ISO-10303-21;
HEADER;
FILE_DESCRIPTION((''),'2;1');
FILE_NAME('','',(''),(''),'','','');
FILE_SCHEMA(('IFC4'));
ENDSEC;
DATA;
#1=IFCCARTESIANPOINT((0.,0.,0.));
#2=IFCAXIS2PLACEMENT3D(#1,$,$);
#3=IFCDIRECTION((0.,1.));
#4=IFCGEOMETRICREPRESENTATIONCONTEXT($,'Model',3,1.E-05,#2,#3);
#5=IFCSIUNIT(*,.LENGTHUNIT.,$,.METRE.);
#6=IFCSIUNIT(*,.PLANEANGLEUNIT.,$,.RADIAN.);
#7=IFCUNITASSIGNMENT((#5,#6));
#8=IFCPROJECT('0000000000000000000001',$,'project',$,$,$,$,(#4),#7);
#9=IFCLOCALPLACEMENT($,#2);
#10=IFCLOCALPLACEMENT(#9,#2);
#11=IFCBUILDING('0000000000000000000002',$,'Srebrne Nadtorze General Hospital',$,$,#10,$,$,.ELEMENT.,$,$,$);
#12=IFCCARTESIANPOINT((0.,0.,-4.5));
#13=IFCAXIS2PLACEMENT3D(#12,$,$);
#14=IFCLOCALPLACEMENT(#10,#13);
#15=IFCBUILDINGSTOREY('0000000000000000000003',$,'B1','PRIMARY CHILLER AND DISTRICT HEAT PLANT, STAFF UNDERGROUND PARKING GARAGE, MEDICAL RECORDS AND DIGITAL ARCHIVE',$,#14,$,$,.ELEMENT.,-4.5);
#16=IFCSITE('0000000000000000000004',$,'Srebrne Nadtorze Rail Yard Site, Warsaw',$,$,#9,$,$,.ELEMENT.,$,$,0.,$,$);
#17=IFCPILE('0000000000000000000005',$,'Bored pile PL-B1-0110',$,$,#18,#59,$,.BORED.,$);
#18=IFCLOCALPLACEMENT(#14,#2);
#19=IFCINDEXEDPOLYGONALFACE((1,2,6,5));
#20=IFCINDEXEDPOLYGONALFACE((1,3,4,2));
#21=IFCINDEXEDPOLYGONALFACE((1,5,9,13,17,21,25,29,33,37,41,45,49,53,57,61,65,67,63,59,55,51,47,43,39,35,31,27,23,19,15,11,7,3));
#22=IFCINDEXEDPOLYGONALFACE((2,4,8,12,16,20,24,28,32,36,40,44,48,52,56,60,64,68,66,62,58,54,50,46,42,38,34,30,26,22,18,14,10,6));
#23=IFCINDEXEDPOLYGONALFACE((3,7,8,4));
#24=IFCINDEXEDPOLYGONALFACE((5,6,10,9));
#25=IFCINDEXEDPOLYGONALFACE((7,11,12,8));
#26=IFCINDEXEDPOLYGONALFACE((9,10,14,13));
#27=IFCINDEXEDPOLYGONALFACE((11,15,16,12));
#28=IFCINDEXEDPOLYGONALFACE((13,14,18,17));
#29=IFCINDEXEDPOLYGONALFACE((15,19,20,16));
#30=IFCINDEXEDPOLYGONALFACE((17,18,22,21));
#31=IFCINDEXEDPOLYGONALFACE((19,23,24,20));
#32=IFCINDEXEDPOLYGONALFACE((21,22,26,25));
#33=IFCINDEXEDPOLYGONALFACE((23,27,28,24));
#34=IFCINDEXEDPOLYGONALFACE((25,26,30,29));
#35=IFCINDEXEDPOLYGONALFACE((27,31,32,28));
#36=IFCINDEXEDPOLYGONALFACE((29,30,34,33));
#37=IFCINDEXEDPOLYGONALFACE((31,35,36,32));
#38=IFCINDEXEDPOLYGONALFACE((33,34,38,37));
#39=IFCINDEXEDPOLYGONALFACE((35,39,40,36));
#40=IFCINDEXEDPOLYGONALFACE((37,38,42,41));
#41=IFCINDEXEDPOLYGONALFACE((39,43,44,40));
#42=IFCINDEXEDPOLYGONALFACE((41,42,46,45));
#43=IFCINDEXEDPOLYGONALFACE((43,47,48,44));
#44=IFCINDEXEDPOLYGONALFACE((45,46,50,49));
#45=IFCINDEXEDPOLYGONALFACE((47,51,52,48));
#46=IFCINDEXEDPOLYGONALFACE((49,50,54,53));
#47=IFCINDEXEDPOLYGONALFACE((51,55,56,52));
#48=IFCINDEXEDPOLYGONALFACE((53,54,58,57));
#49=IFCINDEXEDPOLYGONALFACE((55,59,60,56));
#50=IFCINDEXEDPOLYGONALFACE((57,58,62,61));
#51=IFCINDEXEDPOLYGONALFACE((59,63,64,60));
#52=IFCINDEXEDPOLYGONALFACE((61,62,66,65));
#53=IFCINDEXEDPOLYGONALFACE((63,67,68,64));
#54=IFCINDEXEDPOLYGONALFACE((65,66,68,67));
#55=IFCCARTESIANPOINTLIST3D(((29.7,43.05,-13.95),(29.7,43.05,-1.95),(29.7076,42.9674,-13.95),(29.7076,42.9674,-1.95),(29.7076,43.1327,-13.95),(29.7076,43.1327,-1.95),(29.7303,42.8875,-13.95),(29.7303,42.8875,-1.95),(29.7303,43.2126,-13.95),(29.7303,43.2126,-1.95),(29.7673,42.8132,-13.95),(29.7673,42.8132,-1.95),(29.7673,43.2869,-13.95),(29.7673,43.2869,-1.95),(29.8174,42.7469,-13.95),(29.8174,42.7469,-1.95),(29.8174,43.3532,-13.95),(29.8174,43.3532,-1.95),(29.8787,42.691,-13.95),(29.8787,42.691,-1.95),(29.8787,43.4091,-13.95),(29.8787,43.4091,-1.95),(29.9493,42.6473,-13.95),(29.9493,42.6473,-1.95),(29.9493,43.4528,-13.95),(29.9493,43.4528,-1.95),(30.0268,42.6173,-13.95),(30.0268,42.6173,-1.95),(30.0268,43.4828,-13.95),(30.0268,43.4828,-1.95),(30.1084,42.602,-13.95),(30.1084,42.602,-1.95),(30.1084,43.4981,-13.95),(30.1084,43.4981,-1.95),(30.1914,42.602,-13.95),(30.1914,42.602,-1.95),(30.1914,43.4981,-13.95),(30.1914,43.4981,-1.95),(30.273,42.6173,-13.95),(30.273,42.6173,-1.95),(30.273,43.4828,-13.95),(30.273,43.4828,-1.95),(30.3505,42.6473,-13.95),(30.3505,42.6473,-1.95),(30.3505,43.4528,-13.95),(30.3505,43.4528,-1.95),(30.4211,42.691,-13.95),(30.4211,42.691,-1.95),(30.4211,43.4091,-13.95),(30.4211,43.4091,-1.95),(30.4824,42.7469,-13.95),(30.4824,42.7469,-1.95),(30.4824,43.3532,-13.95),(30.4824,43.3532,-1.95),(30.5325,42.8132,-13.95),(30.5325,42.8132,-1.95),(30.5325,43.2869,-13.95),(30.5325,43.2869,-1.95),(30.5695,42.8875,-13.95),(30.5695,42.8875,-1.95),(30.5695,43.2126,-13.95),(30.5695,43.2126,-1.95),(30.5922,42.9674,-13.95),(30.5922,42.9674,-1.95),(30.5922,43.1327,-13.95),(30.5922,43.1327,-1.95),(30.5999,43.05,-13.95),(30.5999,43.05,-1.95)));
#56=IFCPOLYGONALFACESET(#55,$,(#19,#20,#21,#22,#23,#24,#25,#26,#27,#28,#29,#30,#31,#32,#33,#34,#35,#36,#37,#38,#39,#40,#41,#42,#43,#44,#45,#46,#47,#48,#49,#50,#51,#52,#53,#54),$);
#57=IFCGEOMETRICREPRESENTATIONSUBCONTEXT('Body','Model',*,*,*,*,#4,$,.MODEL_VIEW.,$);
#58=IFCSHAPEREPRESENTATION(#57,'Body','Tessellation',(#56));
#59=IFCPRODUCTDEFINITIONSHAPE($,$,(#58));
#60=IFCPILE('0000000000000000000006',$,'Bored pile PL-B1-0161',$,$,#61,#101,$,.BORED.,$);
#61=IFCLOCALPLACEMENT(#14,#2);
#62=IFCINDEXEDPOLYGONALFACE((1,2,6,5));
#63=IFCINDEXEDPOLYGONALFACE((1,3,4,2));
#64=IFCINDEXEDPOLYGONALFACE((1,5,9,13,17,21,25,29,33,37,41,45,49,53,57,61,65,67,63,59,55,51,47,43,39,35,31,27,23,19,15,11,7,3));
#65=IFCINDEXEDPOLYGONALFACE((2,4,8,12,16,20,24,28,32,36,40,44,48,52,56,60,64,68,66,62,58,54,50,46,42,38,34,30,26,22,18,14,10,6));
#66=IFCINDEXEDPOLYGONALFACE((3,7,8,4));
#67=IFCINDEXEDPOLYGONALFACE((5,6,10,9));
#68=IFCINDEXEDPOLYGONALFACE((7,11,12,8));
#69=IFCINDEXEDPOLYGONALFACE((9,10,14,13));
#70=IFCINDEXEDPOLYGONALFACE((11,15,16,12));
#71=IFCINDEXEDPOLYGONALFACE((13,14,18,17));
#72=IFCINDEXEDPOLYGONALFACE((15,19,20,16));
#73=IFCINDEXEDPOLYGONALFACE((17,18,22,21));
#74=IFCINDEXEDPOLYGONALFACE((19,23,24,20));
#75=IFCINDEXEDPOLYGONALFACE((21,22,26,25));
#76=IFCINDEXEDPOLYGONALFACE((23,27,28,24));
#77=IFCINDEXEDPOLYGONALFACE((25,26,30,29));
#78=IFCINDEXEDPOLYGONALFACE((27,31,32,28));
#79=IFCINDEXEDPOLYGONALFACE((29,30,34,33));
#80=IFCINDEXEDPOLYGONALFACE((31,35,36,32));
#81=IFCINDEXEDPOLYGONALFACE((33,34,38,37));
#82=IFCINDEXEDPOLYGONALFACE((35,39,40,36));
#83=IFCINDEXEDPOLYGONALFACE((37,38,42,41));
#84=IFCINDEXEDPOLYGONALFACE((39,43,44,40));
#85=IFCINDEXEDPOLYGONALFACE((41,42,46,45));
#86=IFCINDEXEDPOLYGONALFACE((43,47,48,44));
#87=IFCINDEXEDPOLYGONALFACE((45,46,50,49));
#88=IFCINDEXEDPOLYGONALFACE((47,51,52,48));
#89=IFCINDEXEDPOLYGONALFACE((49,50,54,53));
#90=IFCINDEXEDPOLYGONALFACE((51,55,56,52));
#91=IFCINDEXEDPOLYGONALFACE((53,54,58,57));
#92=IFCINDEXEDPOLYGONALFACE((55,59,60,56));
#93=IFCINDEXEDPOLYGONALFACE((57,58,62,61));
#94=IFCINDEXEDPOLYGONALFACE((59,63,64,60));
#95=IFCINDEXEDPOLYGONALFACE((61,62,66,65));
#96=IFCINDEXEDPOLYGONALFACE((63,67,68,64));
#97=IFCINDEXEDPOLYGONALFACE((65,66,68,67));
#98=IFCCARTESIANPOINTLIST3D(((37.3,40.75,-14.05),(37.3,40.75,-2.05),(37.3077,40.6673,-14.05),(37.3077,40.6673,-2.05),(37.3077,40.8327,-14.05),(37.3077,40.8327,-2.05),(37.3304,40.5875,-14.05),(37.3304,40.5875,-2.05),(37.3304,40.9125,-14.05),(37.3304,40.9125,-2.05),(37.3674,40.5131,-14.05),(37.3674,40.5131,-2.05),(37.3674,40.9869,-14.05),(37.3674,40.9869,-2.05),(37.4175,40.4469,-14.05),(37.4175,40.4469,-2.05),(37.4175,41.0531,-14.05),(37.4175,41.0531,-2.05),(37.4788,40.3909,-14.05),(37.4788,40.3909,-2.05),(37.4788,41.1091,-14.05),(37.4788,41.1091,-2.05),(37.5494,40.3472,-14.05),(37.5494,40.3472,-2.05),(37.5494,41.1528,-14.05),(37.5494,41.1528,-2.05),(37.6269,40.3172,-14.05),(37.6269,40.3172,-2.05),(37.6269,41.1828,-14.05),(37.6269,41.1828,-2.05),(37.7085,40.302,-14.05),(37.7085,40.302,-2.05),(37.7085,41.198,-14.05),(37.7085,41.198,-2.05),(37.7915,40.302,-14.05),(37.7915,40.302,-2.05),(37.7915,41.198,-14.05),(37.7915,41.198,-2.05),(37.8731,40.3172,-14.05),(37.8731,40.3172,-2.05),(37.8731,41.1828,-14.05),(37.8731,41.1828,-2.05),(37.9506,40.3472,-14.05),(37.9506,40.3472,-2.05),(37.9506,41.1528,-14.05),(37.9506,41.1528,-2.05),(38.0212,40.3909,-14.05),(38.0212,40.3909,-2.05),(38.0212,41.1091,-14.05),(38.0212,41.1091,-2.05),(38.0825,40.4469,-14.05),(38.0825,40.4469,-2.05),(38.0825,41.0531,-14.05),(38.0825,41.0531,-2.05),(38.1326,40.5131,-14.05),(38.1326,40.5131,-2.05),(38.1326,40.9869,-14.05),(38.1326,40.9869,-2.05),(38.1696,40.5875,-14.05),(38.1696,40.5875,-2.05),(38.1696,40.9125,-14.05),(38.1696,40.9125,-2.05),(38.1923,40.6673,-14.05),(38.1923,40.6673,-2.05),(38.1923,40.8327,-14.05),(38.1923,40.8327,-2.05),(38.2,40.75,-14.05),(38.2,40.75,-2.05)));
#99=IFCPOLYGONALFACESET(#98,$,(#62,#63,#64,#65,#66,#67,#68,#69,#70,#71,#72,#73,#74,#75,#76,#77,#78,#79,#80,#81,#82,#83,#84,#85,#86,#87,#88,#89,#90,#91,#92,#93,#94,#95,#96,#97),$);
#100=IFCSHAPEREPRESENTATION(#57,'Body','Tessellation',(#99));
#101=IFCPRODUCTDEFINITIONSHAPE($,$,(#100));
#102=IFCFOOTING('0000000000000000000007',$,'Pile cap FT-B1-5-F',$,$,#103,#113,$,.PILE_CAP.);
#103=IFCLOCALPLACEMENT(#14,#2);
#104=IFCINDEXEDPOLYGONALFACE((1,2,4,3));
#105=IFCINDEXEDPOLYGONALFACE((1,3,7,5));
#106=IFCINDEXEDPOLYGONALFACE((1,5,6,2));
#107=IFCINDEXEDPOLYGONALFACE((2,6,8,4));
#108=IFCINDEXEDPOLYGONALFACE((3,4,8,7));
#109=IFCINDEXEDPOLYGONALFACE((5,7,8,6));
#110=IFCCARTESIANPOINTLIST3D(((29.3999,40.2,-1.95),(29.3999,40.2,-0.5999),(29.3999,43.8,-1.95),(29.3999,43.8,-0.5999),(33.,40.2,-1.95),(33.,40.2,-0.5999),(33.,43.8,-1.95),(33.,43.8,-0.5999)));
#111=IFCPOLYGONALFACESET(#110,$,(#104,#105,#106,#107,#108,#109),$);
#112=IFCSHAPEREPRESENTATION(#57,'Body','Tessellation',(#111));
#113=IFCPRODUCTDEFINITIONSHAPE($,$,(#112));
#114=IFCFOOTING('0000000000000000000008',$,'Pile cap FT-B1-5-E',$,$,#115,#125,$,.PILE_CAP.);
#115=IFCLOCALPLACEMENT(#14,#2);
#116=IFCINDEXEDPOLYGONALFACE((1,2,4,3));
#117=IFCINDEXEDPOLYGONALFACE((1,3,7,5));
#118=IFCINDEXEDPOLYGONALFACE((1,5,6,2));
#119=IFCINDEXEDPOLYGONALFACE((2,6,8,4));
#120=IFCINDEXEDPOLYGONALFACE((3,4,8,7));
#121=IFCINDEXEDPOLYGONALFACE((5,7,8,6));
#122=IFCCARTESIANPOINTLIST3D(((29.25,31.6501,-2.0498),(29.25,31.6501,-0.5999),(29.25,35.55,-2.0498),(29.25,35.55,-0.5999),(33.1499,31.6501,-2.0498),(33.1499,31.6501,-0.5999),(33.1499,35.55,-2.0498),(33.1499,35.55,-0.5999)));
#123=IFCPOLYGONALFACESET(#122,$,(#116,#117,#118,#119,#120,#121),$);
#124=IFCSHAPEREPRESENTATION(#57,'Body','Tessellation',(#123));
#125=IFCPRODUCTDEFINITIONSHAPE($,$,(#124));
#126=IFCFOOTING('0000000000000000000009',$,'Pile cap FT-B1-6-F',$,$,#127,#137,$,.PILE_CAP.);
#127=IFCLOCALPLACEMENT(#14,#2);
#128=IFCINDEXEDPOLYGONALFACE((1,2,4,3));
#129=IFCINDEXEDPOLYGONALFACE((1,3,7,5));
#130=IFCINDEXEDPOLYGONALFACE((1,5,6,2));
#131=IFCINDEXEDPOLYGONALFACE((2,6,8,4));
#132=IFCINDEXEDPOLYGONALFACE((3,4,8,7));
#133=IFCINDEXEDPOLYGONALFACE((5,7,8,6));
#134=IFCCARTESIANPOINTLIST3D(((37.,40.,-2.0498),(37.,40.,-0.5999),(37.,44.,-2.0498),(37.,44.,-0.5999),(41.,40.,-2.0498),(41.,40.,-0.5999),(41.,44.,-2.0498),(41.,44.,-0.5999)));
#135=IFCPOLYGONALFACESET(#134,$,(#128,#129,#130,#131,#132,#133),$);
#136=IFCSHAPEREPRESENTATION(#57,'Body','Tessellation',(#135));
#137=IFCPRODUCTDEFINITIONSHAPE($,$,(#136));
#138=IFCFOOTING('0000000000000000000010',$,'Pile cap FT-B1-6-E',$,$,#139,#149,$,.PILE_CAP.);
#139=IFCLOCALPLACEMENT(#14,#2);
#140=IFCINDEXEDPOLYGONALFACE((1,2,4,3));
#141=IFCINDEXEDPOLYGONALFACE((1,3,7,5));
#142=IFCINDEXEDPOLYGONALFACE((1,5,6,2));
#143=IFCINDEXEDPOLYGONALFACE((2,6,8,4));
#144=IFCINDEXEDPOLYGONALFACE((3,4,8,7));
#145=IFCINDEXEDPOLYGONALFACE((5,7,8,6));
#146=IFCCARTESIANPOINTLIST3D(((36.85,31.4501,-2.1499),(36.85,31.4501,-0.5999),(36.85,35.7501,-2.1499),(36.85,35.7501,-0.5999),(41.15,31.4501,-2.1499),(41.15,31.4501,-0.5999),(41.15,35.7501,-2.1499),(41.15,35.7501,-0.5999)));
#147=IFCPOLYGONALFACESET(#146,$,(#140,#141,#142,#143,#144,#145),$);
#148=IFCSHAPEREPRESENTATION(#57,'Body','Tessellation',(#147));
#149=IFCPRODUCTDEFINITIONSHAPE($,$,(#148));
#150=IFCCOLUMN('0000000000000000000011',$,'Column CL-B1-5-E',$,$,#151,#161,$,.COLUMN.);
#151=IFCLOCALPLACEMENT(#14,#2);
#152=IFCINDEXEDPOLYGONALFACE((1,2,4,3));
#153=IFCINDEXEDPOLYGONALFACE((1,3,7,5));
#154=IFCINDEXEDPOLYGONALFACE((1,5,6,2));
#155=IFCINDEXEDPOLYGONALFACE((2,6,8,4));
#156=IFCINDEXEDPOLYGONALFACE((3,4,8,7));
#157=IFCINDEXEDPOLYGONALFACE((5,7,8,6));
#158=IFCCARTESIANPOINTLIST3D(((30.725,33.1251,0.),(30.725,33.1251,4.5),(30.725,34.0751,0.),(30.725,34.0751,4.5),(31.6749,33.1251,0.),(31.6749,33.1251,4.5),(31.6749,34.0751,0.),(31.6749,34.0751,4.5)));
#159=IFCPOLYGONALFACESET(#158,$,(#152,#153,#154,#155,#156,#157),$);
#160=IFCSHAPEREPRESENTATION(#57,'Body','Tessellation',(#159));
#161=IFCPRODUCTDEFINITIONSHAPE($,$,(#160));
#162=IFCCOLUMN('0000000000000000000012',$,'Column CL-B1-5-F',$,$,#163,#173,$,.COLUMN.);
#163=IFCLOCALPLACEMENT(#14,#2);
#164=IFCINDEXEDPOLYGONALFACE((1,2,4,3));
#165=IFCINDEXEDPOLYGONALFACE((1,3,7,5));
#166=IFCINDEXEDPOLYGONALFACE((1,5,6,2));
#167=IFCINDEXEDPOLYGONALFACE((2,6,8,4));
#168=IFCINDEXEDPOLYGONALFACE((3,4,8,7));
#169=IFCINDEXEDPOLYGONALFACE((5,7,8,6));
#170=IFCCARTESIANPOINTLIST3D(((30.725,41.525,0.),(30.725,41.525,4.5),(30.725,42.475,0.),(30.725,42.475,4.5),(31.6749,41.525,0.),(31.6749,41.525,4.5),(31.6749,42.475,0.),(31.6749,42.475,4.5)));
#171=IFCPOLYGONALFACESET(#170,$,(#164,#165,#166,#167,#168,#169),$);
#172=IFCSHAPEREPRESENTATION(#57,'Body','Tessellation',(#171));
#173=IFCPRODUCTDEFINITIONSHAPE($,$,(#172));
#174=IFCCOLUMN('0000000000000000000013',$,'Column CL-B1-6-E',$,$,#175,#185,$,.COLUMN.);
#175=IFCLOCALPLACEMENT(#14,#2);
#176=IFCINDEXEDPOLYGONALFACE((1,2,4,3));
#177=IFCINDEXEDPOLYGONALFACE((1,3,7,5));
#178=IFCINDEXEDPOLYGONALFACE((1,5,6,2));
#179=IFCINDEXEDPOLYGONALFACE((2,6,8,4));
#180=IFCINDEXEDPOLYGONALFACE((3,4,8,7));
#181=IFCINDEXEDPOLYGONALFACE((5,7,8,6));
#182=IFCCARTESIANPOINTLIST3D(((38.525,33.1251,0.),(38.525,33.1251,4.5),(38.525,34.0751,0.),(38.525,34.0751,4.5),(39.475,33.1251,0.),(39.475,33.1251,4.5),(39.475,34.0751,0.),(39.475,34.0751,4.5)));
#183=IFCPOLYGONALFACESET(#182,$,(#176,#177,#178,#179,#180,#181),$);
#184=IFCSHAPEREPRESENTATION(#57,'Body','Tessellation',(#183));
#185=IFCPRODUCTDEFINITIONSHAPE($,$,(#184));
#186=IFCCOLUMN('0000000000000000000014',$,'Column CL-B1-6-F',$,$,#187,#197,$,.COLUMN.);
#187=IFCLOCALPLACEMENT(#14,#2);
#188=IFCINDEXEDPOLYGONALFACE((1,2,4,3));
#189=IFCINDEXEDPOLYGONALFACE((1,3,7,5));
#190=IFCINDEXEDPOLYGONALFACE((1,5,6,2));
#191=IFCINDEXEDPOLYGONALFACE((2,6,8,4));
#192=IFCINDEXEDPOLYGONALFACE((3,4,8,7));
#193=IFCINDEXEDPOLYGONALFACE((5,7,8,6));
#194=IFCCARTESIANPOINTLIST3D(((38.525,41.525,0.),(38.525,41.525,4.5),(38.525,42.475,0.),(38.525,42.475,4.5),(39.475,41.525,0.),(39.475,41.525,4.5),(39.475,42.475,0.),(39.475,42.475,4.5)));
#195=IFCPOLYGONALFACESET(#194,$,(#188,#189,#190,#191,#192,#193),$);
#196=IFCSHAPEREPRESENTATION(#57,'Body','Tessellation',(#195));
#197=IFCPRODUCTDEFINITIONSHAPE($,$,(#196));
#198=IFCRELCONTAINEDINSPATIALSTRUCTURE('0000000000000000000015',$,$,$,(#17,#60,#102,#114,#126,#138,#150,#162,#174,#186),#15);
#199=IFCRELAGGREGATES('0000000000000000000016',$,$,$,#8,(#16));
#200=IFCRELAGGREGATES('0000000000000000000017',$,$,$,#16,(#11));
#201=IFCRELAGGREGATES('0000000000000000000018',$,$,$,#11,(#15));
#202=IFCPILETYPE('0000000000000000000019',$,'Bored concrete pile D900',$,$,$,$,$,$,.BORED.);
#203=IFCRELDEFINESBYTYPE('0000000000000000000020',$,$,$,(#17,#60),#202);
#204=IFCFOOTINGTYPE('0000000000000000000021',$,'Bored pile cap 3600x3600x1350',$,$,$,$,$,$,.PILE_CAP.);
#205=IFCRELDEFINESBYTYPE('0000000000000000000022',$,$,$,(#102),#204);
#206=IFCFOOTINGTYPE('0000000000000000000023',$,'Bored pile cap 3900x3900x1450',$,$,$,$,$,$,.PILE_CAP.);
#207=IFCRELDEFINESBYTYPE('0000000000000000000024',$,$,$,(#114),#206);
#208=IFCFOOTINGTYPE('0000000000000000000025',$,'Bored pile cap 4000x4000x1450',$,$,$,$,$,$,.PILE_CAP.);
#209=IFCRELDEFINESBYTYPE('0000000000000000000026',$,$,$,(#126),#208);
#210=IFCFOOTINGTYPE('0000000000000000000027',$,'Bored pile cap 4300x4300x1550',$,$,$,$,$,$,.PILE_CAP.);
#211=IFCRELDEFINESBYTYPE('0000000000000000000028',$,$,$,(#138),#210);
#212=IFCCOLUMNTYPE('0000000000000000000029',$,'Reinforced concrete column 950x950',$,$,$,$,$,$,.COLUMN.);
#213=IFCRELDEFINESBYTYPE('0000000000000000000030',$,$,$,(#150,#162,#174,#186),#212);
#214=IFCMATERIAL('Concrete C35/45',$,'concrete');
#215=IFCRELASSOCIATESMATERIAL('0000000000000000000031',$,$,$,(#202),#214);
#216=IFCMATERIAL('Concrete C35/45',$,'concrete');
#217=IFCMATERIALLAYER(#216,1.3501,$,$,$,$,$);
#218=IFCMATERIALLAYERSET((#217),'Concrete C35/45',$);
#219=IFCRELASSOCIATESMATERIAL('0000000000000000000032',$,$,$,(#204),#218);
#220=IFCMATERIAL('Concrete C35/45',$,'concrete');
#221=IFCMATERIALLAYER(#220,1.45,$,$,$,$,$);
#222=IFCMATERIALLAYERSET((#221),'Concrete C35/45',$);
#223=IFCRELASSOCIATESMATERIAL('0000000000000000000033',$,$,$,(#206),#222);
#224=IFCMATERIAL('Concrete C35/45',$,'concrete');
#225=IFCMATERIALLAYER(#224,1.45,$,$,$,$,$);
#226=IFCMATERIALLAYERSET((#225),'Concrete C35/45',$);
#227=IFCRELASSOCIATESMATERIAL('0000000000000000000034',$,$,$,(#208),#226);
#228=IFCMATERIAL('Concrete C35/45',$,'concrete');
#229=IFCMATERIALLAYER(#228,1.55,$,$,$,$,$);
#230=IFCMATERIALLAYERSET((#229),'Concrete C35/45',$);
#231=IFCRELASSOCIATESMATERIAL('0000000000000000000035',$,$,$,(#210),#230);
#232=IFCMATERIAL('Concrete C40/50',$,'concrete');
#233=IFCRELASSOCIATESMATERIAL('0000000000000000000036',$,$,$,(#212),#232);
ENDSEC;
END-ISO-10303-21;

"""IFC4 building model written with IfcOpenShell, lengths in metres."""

from ifc_helpers import new_model, si_unit, direction, frame, origin, origin_2d, place, context, subcontext, project, spatial, rectangle, circle, extrude, material, layer, layer_set, material_profile, profile_set, type_object, element, save


model = new_model("IFC4")

# Units and contexts
model_context = context("Model", 3, precision=1e-05, world=origin(), true_north=direction((0.0, 1.0)))
body_context = subcontext(model_context, "Body", "Model", "MODEL_VIEW")
ifc_project = project(units=[si_unit("LENGTHUNIT", "METRE"), si_unit("PLANEANGLEUNIT", "RADIAN")], contexts=[model_context])

# Site, building, storey
site_placement = place(None, origin())
site = spatial("IfcSite", under=ifc_project, at=site_placement, Name="Srebrne Nadtorze Rail Yard Site, Warsaw", CompositionType="ELEMENT", RefElevation=0.0)
building_placement = place(site_placement, origin())
building = spatial("IfcBuilding", under=site, at=building_placement, Name="Srebrne Nadtorze General Hospital", CompositionType="ELEMENT")
storey_placement = place(building_placement, frame((0.0, 0.0, -4.5)))
storey = spatial("IfcBuildingStorey", under=building, at=storey_placement, Name="B1", Description="PRIMARY CHILLER AND DISTRICT HEAT PLANT, STAFF UNDERGROUND PARKING GARAGE, MEDICAL RECORDS AND DIGITAL ARCHIVE", CompositionType="ELEMENT", Elevation=-4.5)

# Piles
ifc_material_1 = material(Name="Concrete C35/45", Category="concrete")
ifc_material_profile_1 = material_profile(ifc_material_1, circle(Radius=0.45, at=origin_2d()), Name="PILE-D900")
ifc_profile_set_1 = profile_set([ifc_material_profile_1], Name="Concrete C35/45")
pile_type_1 = type_object("IfcPileType", Name="Bored concrete pile D900", PredefinedType="BORED", material=ifc_profile_set_1)
for number, where, z_axis, x_axis, name in (
    (1, (30.1499, 43.05, -1.95), (0.0, 0.0, -1.0), (1.0, 0.0, 0.0), "Bored pile PL-B1-0110"),
    (2, (37.75, 40.75, -2.05), (0.0, 0.0, -1.0), (1.0, 0.0, 0.0), "Bored pile PL-B1-0161"),
):
    element("IfcPile", number, at=place(storey_placement, frame(where, z_axis=z_axis, x_axis=x_axis)), inside=storey, type_object=pile_type_1, Name=name, PredefinedType="BORED", context=body_context, shape_type="SweptSolid", body=[
        extrude(circle(Radius=0.45, at=origin_2d()), origin(), (0.0, 0.0, 1.0), 12.0),
    ])

# Footings
ifc_material_2 = material(Name="Concrete C35/45", Category="concrete")
ifc_layer_1 = layer(ifc_material_2, 1.3501)
ifc_layer_set_1 = layer_set([ifc_layer_1], Name="Concrete C35/45")
footing_type_1 = type_object("IfcFootingType", Name="Bored pile cap 3600x3600x1350", PredefinedType="PILE_CAP", material=ifc_layer_set_1)
footing_1_placement = place(storey_placement, frame((31.2, 42.0, -1.95), z_axis=(0.0, 0.0, 1.0), x_axis=(1.0, 0.0, 0.0)))
element("IfcFooting", 3, at=footing_1_placement, inside=storey, type_object=footing_type_1, Name="Pile cap FT-B1-5-F", PredefinedType="PILE_CAP", context=body_context, shape_type="SweptSolid", body=[
    extrude(rectangle(XDim=3.6001, YDim=3.6001, at=origin_2d()), origin(), (0.0, 0.0, 1.0), 1.3501),
])
ifc_material_3 = material(Name="Concrete C35/45", Category="concrete")
ifc_layer_2 = layer(ifc_material_3, 1.45)
ifc_layer_set_2 = layer_set([ifc_layer_2], Name="Concrete C35/45")
footing_type_2 = type_object("IfcFootingType", Name="Bored pile cap 3900x3900x1450", PredefinedType="PILE_CAP", material=ifc_layer_set_2)
footing_2_placement = place(storey_placement, frame((31.2, 33.6001, -2.0498), z_axis=(0.0, 0.0, 1.0), x_axis=(1.0, 0.0, 0.0)))
element("IfcFooting", 4, at=footing_2_placement, inside=storey, type_object=footing_type_2, Name="Pile cap FT-B1-5-E", PredefinedType="PILE_CAP", context=body_context, shape_type="SweptSolid", body=[
    extrude(rectangle(XDim=3.8999, YDim=3.8999, at=origin_2d()), origin(), (0.0, 0.0, 1.0), 1.45),
])
ifc_material_4 = material(Name="Concrete C35/45", Category="concrete")
ifc_layer_3 = layer(ifc_material_4, 1.45)
ifc_layer_set_3 = layer_set([ifc_layer_3], Name="Concrete C35/45")
footing_type_3 = type_object("IfcFootingType", Name="Bored pile cap 4000x4000x1450", PredefinedType="PILE_CAP", material=ifc_layer_set_3)
footing_3_placement = place(storey_placement, frame((39.0, 42.0, -2.0498), z_axis=(0.0, 0.0, 1.0), x_axis=(1.0, 0.0, 0.0)))
element("IfcFooting", 5, at=footing_3_placement, inside=storey, type_object=footing_type_3, Name="Pile cap FT-B1-6-F", PredefinedType="PILE_CAP", context=body_context, shape_type="SweptSolid", body=[
    extrude(rectangle(XDim=4.0, YDim=4.0, at=origin_2d()), origin(), (0.0, 0.0, 1.0), 1.45),
])
ifc_material_5 = material(Name="Concrete C35/45", Category="concrete")
ifc_layer_4 = layer(ifc_material_5, 1.55)
ifc_layer_set_4 = layer_set([ifc_layer_4], Name="Concrete C35/45")
footing_type_4 = type_object("IfcFootingType", Name="Bored pile cap 4300x4300x1550", PredefinedType="PILE_CAP", material=ifc_layer_set_4)
footing_4_placement = place(storey_placement, frame((39.0, 33.6001, -2.1499), z_axis=(0.0, 0.0, 1.0), x_axis=(1.0, 0.0, 0.0)))
element("IfcFooting", 6, at=footing_4_placement, inside=storey, type_object=footing_type_4, Name="Pile cap FT-B1-6-E", PredefinedType="PILE_CAP", context=body_context, shape_type="SweptSolid", body=[
    extrude(rectangle(XDim=4.3, YDim=4.3, at=origin_2d()), origin(), (0.0, 0.0, 1.0), 1.55),
])

# Columns
ifc_material_6 = material(Name="Concrete C40/50", Category="concrete")
ifc_material_profile_2 = material_profile(ifc_material_6, rectangle(XDim=0.95, YDim=0.95, at=origin_2d()), Name="RC-COL-950x950")
ifc_profile_set_2 = profile_set([ifc_material_profile_2], Name="Concrete C40/50")
column_type = type_object("IfcColumnType", Name="Reinforced concrete column 950x950", PredefinedType="COLUMN", material=ifc_profile_set_2)
for number, where, z_axis, x_axis, name in (
    (7, (31.2, 33.6001, 0.0), (0.0, 0.0, 1.0), (1.0, 0.0, 0.0), "Column CL-B1-5-E"),
    (8, (31.2, 42.0, 0.0), (0.0, 0.0, 1.0), (1.0, 0.0, 0.0), "Column CL-B1-5-F"),
    (9, (39.0, 33.6001, 0.0), (0.0, 0.0, 1.0), (1.0, 0.0, 0.0), "Column CL-B1-6-E"),
    (10, (39.0, 42.0, 0.0), (0.0, 0.0, 1.0), (1.0, 0.0, 0.0), "Column CL-B1-6-F"),
):
    element("IfcColumn", number, at=place(storey_placement, frame(where, z_axis=z_axis, x_axis=x_axis)), inside=storey, type_object=column_type, Name=name, PredefinedType="COLUMN", context=body_context, shape_type="SweptSolid", body=[
        extrude(rectangle(XDim=0.95, YDim=0.95, at=origin_2d()), origin(), (0.0, 0.0, 1.0), 4.5),
    ])

save(model, "model.ifc")
